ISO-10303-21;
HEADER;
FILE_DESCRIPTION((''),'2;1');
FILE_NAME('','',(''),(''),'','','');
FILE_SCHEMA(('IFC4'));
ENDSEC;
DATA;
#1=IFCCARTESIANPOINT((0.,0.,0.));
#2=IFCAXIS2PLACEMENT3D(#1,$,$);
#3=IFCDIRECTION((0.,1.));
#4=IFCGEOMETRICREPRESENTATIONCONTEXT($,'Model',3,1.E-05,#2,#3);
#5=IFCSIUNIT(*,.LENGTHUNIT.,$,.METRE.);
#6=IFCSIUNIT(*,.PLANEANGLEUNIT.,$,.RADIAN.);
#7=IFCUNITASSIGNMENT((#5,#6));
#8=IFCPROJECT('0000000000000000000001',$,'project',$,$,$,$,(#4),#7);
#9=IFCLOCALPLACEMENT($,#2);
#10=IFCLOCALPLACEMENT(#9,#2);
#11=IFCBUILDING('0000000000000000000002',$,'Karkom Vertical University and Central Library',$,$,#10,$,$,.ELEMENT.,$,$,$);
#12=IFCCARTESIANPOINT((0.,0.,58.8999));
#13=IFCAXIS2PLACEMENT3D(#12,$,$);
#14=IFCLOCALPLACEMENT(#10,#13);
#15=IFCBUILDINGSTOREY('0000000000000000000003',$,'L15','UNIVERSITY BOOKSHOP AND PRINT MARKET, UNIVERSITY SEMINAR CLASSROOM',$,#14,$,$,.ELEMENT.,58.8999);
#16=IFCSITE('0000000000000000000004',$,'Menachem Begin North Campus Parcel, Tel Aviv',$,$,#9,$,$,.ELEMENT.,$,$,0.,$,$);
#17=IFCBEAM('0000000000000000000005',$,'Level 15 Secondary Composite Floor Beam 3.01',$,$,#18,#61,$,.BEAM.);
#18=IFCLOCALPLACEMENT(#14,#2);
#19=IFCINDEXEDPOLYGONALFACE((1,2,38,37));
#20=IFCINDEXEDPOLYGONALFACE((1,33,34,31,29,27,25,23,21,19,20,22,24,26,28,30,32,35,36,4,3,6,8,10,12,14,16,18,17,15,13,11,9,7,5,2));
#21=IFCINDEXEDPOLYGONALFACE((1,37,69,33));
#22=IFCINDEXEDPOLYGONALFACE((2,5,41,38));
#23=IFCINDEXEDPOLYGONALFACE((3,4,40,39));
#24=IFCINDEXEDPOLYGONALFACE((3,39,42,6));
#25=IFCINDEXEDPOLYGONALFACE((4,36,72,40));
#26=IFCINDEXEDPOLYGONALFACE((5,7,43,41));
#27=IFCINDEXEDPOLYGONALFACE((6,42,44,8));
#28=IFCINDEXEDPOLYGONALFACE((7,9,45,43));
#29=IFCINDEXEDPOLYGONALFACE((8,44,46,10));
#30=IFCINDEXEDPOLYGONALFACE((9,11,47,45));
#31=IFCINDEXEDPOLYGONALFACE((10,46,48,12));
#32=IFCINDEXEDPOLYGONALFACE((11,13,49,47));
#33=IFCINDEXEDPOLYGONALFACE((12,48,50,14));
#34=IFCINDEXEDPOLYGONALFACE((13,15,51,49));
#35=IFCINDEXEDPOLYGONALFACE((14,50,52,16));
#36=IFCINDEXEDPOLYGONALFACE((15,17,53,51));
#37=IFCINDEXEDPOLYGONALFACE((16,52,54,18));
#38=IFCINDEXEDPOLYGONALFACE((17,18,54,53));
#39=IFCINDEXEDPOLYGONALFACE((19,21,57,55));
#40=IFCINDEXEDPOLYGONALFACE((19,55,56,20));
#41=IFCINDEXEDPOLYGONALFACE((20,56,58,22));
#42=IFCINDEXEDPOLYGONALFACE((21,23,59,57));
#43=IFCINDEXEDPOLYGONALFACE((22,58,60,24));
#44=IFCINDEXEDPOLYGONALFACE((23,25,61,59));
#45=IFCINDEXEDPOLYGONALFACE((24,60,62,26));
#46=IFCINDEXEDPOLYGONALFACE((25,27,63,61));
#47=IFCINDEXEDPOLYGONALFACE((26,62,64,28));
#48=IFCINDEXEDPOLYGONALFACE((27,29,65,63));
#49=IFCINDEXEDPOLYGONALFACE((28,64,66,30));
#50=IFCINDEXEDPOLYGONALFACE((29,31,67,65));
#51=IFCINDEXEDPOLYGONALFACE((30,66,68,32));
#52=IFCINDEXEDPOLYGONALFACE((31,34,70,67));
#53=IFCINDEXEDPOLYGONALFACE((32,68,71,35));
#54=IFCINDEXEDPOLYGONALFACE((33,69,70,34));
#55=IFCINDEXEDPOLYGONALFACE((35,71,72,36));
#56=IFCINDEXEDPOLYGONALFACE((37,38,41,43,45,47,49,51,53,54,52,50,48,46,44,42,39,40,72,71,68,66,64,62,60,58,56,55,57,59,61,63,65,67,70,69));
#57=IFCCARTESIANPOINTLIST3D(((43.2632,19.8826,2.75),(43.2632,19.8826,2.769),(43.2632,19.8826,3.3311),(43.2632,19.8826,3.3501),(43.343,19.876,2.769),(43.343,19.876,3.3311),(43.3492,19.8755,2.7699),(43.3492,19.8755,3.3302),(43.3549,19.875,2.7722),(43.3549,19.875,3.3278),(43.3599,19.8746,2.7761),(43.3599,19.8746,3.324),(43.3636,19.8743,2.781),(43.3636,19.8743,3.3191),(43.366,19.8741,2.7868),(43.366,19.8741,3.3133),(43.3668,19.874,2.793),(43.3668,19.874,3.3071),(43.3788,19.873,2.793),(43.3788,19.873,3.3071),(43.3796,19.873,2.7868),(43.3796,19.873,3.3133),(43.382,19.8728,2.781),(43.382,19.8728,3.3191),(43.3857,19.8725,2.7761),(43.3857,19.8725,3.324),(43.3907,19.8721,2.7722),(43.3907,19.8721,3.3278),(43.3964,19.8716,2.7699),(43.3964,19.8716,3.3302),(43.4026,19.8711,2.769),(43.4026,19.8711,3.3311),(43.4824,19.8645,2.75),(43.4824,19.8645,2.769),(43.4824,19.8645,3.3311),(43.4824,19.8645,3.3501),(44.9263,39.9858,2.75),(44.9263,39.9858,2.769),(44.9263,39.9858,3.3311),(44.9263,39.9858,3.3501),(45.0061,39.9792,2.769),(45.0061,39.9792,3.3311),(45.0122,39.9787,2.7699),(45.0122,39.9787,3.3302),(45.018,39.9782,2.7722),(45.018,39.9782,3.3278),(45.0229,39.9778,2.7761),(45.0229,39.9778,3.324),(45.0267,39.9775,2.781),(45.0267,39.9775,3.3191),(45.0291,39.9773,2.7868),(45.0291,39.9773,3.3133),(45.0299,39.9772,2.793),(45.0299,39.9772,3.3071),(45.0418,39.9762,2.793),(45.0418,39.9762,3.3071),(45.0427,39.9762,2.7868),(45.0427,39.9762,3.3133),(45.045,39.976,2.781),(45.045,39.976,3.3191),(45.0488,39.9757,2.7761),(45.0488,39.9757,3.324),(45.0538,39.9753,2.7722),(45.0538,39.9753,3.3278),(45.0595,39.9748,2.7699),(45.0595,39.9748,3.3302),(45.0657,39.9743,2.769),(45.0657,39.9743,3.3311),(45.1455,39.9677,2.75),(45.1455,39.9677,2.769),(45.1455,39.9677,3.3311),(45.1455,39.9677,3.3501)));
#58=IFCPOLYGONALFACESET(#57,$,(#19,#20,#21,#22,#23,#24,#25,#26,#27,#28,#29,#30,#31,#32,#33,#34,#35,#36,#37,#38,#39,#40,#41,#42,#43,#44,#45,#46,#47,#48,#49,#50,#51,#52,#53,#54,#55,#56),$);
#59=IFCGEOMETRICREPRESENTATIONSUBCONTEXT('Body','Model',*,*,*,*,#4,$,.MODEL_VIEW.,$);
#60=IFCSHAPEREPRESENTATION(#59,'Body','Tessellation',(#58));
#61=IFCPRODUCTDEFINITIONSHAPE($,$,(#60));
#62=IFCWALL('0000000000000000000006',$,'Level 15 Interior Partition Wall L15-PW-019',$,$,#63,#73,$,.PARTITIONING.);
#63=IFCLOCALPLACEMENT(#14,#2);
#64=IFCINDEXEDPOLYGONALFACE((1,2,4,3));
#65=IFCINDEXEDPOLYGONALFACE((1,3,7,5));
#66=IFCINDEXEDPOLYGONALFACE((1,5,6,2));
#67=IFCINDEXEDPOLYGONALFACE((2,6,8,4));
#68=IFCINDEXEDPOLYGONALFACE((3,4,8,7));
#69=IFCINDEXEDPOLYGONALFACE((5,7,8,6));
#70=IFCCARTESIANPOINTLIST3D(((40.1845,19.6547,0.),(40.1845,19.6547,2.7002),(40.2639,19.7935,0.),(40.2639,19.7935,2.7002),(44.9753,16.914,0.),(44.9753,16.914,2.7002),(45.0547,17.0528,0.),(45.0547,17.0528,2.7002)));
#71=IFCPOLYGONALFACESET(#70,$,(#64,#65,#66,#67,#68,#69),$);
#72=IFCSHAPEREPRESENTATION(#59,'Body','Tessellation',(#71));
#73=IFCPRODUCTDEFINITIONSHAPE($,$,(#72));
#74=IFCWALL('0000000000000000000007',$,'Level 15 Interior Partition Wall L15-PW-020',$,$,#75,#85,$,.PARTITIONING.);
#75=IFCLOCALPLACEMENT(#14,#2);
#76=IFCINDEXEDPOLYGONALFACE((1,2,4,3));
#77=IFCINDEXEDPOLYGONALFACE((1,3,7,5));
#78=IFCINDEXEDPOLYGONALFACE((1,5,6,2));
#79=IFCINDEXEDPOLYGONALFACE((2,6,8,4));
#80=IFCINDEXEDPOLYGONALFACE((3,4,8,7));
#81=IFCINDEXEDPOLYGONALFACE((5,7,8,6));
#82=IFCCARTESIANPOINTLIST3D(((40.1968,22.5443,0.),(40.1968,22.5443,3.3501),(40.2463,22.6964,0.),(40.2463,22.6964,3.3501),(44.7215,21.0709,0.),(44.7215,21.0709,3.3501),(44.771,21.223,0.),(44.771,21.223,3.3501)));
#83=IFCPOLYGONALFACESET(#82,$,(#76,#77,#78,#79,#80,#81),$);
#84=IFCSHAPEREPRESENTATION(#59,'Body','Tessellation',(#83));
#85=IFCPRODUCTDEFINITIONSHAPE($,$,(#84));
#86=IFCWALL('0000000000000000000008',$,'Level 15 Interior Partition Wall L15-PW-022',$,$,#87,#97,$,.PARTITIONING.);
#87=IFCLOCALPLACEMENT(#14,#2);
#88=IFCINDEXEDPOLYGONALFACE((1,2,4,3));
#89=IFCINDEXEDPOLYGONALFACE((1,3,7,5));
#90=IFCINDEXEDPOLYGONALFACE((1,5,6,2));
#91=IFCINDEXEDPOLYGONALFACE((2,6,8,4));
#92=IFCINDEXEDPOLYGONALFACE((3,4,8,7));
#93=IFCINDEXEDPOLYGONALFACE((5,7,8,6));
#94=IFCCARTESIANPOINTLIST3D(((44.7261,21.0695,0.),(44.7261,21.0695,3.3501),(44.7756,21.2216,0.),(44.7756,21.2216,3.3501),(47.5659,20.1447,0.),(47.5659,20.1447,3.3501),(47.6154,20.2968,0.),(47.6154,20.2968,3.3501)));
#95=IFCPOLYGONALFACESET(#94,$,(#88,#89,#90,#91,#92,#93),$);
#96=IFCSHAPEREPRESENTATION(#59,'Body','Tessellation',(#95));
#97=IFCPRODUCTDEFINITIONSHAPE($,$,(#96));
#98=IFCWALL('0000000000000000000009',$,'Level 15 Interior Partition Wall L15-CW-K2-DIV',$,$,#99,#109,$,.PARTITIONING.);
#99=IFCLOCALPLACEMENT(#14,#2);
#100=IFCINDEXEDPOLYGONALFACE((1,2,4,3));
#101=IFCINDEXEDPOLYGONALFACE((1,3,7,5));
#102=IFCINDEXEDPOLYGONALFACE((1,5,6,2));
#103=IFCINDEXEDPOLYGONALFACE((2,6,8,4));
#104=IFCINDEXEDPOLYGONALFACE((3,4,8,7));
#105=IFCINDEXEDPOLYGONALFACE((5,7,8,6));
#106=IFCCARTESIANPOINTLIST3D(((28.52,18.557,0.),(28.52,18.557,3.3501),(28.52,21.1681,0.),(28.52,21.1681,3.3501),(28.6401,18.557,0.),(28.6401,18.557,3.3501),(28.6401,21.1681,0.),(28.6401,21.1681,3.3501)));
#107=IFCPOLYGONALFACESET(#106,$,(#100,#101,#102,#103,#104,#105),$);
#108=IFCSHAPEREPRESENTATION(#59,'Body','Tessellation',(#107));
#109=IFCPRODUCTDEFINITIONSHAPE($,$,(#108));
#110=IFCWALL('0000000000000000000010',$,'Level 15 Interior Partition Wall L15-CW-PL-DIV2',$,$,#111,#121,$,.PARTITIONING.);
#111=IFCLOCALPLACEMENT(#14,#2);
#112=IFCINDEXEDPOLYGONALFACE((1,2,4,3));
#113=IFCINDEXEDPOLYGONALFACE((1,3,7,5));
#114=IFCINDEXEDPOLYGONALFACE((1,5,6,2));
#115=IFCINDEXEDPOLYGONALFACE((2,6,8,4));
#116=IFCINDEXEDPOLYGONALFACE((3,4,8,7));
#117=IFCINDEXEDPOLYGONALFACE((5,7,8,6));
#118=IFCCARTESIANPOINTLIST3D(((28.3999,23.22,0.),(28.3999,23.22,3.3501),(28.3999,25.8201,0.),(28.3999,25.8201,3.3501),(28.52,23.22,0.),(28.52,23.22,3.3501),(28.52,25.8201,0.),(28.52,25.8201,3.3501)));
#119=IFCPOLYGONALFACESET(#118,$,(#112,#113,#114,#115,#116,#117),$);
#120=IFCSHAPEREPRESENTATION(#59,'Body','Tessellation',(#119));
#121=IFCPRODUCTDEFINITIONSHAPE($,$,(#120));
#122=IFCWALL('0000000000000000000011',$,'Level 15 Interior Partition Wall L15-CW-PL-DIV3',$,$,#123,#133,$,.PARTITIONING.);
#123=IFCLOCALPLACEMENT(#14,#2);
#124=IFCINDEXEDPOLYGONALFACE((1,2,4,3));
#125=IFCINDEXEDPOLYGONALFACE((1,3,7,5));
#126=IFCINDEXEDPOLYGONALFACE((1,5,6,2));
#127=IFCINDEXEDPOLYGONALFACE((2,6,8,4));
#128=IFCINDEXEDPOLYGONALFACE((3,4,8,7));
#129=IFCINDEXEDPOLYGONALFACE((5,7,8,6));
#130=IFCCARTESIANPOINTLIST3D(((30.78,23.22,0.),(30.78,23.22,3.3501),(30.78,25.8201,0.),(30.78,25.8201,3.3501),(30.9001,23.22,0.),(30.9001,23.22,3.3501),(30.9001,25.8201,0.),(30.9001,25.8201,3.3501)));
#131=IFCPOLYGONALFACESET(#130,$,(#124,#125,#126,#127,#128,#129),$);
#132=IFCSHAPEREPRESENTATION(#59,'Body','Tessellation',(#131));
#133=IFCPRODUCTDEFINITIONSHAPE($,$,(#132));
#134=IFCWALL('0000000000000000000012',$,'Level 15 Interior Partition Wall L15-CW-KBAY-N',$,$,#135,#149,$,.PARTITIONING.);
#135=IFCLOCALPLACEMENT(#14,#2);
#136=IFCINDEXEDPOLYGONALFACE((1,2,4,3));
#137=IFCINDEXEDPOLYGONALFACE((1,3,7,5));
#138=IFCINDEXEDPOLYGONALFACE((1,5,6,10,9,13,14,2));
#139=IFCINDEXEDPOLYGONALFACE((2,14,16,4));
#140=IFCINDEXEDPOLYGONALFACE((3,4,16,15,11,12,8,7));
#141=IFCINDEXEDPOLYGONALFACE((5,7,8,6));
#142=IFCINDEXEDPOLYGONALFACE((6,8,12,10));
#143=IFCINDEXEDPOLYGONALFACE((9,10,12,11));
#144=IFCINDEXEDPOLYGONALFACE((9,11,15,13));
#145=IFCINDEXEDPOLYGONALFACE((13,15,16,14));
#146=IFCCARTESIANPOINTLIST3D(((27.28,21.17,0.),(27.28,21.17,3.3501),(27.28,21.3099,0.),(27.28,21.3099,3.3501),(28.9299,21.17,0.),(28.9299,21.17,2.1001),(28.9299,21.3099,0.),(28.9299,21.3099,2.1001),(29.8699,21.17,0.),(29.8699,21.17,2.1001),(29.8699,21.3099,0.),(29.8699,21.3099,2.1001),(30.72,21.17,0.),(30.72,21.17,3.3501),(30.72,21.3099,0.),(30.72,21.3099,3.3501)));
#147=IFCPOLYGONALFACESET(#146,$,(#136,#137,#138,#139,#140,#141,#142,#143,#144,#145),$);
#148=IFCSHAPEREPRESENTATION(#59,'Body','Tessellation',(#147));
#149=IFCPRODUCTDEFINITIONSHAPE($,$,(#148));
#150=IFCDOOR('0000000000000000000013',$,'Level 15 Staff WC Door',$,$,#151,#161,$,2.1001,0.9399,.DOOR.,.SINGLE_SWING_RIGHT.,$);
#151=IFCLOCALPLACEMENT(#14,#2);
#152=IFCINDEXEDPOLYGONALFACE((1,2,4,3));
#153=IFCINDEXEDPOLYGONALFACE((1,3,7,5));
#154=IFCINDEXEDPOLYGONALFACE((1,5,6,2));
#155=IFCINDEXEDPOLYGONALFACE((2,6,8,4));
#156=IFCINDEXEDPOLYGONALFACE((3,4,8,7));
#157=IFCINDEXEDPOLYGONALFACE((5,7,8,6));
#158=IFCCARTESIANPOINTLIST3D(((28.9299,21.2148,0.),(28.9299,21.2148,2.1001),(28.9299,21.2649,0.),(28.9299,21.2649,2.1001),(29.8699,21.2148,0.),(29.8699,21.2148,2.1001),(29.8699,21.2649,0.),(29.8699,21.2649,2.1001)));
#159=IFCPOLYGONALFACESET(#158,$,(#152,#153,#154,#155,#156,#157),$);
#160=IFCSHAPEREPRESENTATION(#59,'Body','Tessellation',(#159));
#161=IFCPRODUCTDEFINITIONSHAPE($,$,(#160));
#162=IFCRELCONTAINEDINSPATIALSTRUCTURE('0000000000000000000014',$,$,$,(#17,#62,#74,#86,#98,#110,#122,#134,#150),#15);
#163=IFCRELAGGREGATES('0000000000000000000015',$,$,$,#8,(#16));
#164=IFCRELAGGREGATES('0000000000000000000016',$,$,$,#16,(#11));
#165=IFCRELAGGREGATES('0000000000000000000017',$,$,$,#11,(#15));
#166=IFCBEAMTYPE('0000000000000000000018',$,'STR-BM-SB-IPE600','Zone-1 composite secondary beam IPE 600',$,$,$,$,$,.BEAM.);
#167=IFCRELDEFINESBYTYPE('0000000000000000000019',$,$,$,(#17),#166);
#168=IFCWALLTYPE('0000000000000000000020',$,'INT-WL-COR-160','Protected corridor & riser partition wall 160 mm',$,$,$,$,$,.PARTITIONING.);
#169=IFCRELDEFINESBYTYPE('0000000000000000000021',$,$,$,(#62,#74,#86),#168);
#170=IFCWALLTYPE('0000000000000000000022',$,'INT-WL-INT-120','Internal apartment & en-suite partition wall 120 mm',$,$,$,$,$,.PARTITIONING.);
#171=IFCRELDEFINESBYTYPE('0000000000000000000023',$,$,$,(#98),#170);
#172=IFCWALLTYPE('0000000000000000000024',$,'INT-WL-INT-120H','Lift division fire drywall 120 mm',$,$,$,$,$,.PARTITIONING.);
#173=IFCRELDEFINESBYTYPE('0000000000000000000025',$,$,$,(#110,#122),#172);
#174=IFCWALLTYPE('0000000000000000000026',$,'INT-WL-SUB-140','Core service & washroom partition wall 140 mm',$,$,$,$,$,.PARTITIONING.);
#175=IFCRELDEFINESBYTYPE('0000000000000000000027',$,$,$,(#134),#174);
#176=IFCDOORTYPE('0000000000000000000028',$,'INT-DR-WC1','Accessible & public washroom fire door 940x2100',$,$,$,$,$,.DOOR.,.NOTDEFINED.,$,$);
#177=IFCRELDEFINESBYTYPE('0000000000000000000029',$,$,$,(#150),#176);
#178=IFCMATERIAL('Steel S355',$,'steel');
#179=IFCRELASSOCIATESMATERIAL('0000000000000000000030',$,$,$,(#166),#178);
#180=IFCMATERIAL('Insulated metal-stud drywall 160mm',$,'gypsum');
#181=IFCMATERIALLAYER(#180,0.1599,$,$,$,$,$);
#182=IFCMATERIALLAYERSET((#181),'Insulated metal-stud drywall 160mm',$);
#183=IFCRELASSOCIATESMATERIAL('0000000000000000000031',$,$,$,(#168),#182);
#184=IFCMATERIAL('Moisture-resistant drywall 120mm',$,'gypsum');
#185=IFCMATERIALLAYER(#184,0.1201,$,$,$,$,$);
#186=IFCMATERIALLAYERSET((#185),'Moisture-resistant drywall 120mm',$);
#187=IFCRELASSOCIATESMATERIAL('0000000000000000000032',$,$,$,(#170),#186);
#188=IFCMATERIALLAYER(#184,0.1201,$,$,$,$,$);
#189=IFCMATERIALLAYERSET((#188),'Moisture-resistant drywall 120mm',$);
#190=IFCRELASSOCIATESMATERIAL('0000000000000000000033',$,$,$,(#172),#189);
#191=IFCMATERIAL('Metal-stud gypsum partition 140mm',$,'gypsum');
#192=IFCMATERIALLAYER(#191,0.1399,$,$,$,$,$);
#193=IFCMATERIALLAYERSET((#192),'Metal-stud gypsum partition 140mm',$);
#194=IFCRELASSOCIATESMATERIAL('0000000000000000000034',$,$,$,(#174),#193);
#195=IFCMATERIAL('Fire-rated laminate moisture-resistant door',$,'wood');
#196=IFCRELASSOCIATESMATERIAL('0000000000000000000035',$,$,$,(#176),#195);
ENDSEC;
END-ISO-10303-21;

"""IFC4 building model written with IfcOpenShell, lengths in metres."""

from ifc_helpers import new_model, si_unit, direction, frame, frame_2d, origin, origin_with_axes, origin_2d, place, context, subcontext, project, spatial, rectangle, i_section, extrude, source, transform, mapped, material, layer, layer_set, material_profile, profile_set, type_object, element, fill, save


model = new_model("IFC4")

# Units and contexts
model_context = context("Model", 3, precision=1e-05, world=origin(), true_north=direction((0.0, 1.0)))
body_context = subcontext(model_context, "Body", "Model", "MODEL_VIEW")
ifc_project = project(units=[si_unit("LENGTHUNIT", "METRE"), si_unit("PLANEANGLEUNIT", "RADIAN")], contexts=[model_context])

# Site, building, storey
site_placement = place(None, origin())
site = spatial("IfcSite", under=ifc_project, at=site_placement, Name="Menachem Begin North Campus Parcel, Tel Aviv", CompositionType="ELEMENT", RefElevation=0.0)
building_placement = place(site_placement, origin())
building = spatial("IfcBuilding", under=site, at=building_placement, Name="Karkom Vertical University and Central Library", CompositionType="ELEMENT")
storey_placement = place(building_placement, frame((0.0, 0.0, 58.8999)))
storey = spatial("IfcBuildingStorey", under=building, at=storey_placement, Name="L15", Description="UNIVERSITY BOOKSHOP AND PRINT MARKET, UNIVERSITY SEMINAR CLASSROOM", CompositionType="ELEMENT", Elevation=58.8999)

# Beam
ifc_material_1 = material(Name="Steel S355", Category="steel")
ifc_material_profile_1 = material_profile(ifc_material_1, i_section(OverallWidth=0.22, OverallDepth=0.6001, WebThickness=0.012, FlangeThickness=0.019, FilletRadius=0.0239, at=origin_2d()), Name="IPE 600")
ifc_profile_set_1 = profile_set([ifc_material_profile_1], Name="Steel S355")
beam_type_1 = type_object("IfcBeamType", Name="STR-BM-SB-IPE600", Description="Zone-1 composite secondary beam IPE 600", PredefinedType="BEAM", material=ifc_profile_set_1)
shared_shape_1 = source(origin_with_axes(), body_context, "Body", "SweptSolid", [
    extrude(i_section(OverallWidth=0.22, OverallDepth=0.6001, WebThickness=0.012, FlangeThickness=0.019, FilletRadius=0.0239, at=origin_2d()), origin(), (0.0, 0.0, 1.0), 20.1719),
])
beam_1_placement = place(storey_placement, frame((43.3728, 19.8735, 3.05), z_axis=(0.082445, 0.996596, 0.0), x_axis=(-0.996596, 0.082445, 0.0)))
element("IfcBeam", 1, at=beam_1_placement, inside=storey, type_object=beam_type_1, Name="Level 15 Secondary Composite Floor Beam 3.01", PredefinedType="BEAM", context=body_context, shape_type="MappedRepresentation", body=[
    mapped(shared_shape_1, transform((0.0, 0.0, 0.0), scale=1.0)),
])

# Walls
ifc_material_2 = material(Name="Insulated metal-stud drywall 160mm", Category="gypsum")
ifc_layer_1 = layer(ifc_material_2, 0.1599)
ifc_layer_set_1 = layer_set([ifc_layer_1], Name="Insulated metal-stud drywall 160mm")
wall_type_1 = type_object("IfcWallType", Name="INT-WL-COR-160", Description="Protected corridor & riser partition wall 160 mm", PredefinedType="PARTITIONING", material=ifc_layer_set_1)
wall_1_placement = place(storey_placement, frame((40.2241, 19.7241, 0.0), z_axis=(0.0, 0.0, 1.0), x_axis=(0.867998, -0.496568, 0.0)))
element("IfcWall", 2, at=wall_1_placement, inside=storey, type_object=wall_type_1, Name="Level 15 Interior Partition Wall L15-PW-019", PredefinedType="PARTITIONING", context=body_context, shape_type="SweptSolid", body=[
    extrude(rectangle(XDim=5.5193, YDim=0.1599, at=frame_2d((2.7598, 0.0))), origin(), (0.0, 0.0, 1.0), 2.7002),
])
wall_2_placement = place(storey_placement, frame((40.2214, 22.6204, 0.0), z_axis=(0.0, 0.0, 1.0), x_axis=(0.950856, -0.309632, 0.0)))
element("IfcWall", 3, at=wall_2_placement, inside=storey, type_object=wall_type_1, Name="Level 15 Interior Partition Wall L15-PW-020", PredefinedType="PARTITIONING", context=body_context, shape_type="SweptSolid", body=[
    extrude(rectangle(XDim=4.7585, YDim=0.1599, at=frame_2d((2.3794, 0.0))), origin(), (0.0, 0.0, 1.0), 3.3501),
])
wall_3_placement = place(storey_placement, frame((44.751, 21.1455, 0.0), z_axis=(0.0, 0.0, 1.0), x_axis=(0.950851, -0.309648, 0.0)))
element("IfcWall", 4, at=wall_3_placement, inside=storey, type_object=wall_type_1, Name="Level 15 Interior Partition Wall L15-PW-022", PredefinedType="PARTITIONING", context=body_context, shape_type="SweptSolid", body=[
    extrude(rectangle(XDim=2.9866, YDim=0.1599, at=frame_2d((1.4932, 0.0))), origin(), (0.0, 0.0, 1.0), 3.3501),
])
ifc_material_3 = material(Name="Moisture-resistant drywall 120mm", Category="gypsum")
ifc_layer_2 = layer(ifc_material_3, 0.1201)
ifc_layer_set_2 = layer_set([ifc_layer_2], Name="Moisture-resistant drywall 120mm")
wall_type_2 = type_object("IfcWallType", Name="INT-WL-INT-120", Description="Internal apartment & en-suite partition wall 120 mm", PredefinedType="PARTITIONING", material=ifc_layer_set_2)
wall_4_placement = place(storey_placement, frame((28.5801, 18.5569, 0.0), z_axis=(0.0, 0.0, 1.0), x_axis=(0.0, 1.0, 0.0)))
element("IfcWall", 5, at=wall_4_placement, inside=storey, type_object=wall_type_2, Name="Level 15 Interior Partition Wall L15-CW-K2-DIV", PredefinedType="PARTITIONING", context=body_context, shape_type="SweptSolid", body=[
    extrude(rectangle(XDim=2.6111, YDim=0.1201, at=frame_2d((1.3057, 0.0))), origin(), (0.0, 0.0, 1.0), 3.3501),
])
ifc_layer_3 = layer(ifc_material_3, 0.1201)
ifc_layer_set_3 = layer_set([ifc_layer_3], Name="Moisture-resistant drywall 120mm")
wall_type_3 = type_object("IfcWallType", Name="INT-WL-INT-120H", Description="Lift division fire drywall 120 mm", PredefinedType="PARTITIONING", material=ifc_layer_set_3)
for number, where, z_axis, x_axis, name in (
    (6, (28.46, 23.22, 0.0), (0.0, 0.0, 1.0), (0.0, 1.0, 0.0), "Level 15 Interior Partition Wall L15-CW-PL-DIV2"),
    (7, (30.8401, 23.22, 0.0), (0.0, 0.0, 1.0), (0.0, 1.0, 0.0), "Level 15 Interior Partition Wall L15-CW-PL-DIV3"),
):
    element("IfcWall", number, at=place(storey_placement, frame(where, z_axis=z_axis, x_axis=x_axis)), inside=storey, type_object=wall_type_3, Name=name, PredefinedType="PARTITIONING", context=body_context, shape_type="SweptSolid", body=[
        extrude(rectangle(XDim=2.6001, YDim=0.1201, at=frame_2d((1.3, 0.0))), origin(), (0.0, 0.0, 1.0), 3.3501),
    ])

# Wall, opening, door
ifc_material_4 = material(Name="Metal-stud gypsum partition 140mm", Category="gypsum")
ifc_layer_4 = layer(ifc_material_4, 0.1399)
ifc_layer_set_4 = layer_set([ifc_layer_4], Name="Metal-stud gypsum partition 140mm")
wall_type_4 = type_object("IfcWallType", Name="INT-WL-SUB-140", Description="Core service & washroom partition wall 140 mm", PredefinedType="PARTITIONING", material=ifc_layer_set_4)
wall_5_placement = place(storey_placement, frame((27.28, 21.24, 0.0), z_axis=(0.0, 0.0, 1.0), x_axis=(1.0, 0.0, 0.0)))
wall_5 = element("IfcWall", 8, at=wall_5_placement, inside=storey, type_object=wall_type_4, Name="Level 15 Interior Partition Wall L15-CW-KBAY-N", PredefinedType="PARTITIONING", context=body_context, shape_type="SweptSolid", body=[
    extrude(rectangle(XDim=3.4399, YDim=0.1399, at=frame_2d((1.72, 0.0))), origin(), (0.0, 0.0, 1.0), 3.3501),
])
opening_1_placement = place(wall_5_placement, frame((1.6499, 0.0, 0.0)))
opening_1 = element("IfcOpeningElement", 9, at=opening_1_placement, cuts=wall_5, PredefinedType="OPENING", context=body_context, shape_type="SweptSolid", body=[
    extrude(rectangle(XDim=0.9399, YDim=2.1001, at=frame_2d((0.47, 1.05))), frame((0.0, 0.0801, 0.0), z_axis=(0.0, -1.0, 0.0), x_axis=(1.0, 0.0, 0.0)), (0.0, 0.0, 1.0), 0.1599),
])
ifc_material_5 = material(Name="Fire-rated laminate moisture-resistant door", Category="wood")
door_type_1 = type_object("IfcDoorType", Name="INT-DR-WC1", Description="Accessible & public washroom fire door 940x2100", OperationType="NOTDEFINED", PredefinedType="DOOR", material=ifc_material_5)
shared_shape_2 = source(origin_with_axes(), body_context, "Body", "SweptSolid", [
    extrude(rectangle(XDim=0.9399, YDim=2.1001, at=frame_2d((0.47, 1.05))), frame((0.0, 0.0249, 0.0), z_axis=(0.0, -1.0, 0.0), x_axis=(1.0, 0.0, 0.0)), (0.0, 0.0, 1.0), 0.05),
])
door_1_placement = place(opening_1_placement, origin())
door_1 = element("IfcDoor", 10, at=door_1_placement, inside=storey, type_object=door_type_1, Name="Level 15 Staff WC Door", OperationType="SINGLE_SWING_RIGHT", OverallHeight=2.1001, OverallWidth=0.9399, PredefinedType="DOOR", context=body_context, shape_type="MappedRepresentation", body=[
    mapped(shared_shape_2, transform((0.0, 0.0, 0.0), scale=1.0)),
])
fill(opening_1, door_1)

save(model, "model.ifc")
